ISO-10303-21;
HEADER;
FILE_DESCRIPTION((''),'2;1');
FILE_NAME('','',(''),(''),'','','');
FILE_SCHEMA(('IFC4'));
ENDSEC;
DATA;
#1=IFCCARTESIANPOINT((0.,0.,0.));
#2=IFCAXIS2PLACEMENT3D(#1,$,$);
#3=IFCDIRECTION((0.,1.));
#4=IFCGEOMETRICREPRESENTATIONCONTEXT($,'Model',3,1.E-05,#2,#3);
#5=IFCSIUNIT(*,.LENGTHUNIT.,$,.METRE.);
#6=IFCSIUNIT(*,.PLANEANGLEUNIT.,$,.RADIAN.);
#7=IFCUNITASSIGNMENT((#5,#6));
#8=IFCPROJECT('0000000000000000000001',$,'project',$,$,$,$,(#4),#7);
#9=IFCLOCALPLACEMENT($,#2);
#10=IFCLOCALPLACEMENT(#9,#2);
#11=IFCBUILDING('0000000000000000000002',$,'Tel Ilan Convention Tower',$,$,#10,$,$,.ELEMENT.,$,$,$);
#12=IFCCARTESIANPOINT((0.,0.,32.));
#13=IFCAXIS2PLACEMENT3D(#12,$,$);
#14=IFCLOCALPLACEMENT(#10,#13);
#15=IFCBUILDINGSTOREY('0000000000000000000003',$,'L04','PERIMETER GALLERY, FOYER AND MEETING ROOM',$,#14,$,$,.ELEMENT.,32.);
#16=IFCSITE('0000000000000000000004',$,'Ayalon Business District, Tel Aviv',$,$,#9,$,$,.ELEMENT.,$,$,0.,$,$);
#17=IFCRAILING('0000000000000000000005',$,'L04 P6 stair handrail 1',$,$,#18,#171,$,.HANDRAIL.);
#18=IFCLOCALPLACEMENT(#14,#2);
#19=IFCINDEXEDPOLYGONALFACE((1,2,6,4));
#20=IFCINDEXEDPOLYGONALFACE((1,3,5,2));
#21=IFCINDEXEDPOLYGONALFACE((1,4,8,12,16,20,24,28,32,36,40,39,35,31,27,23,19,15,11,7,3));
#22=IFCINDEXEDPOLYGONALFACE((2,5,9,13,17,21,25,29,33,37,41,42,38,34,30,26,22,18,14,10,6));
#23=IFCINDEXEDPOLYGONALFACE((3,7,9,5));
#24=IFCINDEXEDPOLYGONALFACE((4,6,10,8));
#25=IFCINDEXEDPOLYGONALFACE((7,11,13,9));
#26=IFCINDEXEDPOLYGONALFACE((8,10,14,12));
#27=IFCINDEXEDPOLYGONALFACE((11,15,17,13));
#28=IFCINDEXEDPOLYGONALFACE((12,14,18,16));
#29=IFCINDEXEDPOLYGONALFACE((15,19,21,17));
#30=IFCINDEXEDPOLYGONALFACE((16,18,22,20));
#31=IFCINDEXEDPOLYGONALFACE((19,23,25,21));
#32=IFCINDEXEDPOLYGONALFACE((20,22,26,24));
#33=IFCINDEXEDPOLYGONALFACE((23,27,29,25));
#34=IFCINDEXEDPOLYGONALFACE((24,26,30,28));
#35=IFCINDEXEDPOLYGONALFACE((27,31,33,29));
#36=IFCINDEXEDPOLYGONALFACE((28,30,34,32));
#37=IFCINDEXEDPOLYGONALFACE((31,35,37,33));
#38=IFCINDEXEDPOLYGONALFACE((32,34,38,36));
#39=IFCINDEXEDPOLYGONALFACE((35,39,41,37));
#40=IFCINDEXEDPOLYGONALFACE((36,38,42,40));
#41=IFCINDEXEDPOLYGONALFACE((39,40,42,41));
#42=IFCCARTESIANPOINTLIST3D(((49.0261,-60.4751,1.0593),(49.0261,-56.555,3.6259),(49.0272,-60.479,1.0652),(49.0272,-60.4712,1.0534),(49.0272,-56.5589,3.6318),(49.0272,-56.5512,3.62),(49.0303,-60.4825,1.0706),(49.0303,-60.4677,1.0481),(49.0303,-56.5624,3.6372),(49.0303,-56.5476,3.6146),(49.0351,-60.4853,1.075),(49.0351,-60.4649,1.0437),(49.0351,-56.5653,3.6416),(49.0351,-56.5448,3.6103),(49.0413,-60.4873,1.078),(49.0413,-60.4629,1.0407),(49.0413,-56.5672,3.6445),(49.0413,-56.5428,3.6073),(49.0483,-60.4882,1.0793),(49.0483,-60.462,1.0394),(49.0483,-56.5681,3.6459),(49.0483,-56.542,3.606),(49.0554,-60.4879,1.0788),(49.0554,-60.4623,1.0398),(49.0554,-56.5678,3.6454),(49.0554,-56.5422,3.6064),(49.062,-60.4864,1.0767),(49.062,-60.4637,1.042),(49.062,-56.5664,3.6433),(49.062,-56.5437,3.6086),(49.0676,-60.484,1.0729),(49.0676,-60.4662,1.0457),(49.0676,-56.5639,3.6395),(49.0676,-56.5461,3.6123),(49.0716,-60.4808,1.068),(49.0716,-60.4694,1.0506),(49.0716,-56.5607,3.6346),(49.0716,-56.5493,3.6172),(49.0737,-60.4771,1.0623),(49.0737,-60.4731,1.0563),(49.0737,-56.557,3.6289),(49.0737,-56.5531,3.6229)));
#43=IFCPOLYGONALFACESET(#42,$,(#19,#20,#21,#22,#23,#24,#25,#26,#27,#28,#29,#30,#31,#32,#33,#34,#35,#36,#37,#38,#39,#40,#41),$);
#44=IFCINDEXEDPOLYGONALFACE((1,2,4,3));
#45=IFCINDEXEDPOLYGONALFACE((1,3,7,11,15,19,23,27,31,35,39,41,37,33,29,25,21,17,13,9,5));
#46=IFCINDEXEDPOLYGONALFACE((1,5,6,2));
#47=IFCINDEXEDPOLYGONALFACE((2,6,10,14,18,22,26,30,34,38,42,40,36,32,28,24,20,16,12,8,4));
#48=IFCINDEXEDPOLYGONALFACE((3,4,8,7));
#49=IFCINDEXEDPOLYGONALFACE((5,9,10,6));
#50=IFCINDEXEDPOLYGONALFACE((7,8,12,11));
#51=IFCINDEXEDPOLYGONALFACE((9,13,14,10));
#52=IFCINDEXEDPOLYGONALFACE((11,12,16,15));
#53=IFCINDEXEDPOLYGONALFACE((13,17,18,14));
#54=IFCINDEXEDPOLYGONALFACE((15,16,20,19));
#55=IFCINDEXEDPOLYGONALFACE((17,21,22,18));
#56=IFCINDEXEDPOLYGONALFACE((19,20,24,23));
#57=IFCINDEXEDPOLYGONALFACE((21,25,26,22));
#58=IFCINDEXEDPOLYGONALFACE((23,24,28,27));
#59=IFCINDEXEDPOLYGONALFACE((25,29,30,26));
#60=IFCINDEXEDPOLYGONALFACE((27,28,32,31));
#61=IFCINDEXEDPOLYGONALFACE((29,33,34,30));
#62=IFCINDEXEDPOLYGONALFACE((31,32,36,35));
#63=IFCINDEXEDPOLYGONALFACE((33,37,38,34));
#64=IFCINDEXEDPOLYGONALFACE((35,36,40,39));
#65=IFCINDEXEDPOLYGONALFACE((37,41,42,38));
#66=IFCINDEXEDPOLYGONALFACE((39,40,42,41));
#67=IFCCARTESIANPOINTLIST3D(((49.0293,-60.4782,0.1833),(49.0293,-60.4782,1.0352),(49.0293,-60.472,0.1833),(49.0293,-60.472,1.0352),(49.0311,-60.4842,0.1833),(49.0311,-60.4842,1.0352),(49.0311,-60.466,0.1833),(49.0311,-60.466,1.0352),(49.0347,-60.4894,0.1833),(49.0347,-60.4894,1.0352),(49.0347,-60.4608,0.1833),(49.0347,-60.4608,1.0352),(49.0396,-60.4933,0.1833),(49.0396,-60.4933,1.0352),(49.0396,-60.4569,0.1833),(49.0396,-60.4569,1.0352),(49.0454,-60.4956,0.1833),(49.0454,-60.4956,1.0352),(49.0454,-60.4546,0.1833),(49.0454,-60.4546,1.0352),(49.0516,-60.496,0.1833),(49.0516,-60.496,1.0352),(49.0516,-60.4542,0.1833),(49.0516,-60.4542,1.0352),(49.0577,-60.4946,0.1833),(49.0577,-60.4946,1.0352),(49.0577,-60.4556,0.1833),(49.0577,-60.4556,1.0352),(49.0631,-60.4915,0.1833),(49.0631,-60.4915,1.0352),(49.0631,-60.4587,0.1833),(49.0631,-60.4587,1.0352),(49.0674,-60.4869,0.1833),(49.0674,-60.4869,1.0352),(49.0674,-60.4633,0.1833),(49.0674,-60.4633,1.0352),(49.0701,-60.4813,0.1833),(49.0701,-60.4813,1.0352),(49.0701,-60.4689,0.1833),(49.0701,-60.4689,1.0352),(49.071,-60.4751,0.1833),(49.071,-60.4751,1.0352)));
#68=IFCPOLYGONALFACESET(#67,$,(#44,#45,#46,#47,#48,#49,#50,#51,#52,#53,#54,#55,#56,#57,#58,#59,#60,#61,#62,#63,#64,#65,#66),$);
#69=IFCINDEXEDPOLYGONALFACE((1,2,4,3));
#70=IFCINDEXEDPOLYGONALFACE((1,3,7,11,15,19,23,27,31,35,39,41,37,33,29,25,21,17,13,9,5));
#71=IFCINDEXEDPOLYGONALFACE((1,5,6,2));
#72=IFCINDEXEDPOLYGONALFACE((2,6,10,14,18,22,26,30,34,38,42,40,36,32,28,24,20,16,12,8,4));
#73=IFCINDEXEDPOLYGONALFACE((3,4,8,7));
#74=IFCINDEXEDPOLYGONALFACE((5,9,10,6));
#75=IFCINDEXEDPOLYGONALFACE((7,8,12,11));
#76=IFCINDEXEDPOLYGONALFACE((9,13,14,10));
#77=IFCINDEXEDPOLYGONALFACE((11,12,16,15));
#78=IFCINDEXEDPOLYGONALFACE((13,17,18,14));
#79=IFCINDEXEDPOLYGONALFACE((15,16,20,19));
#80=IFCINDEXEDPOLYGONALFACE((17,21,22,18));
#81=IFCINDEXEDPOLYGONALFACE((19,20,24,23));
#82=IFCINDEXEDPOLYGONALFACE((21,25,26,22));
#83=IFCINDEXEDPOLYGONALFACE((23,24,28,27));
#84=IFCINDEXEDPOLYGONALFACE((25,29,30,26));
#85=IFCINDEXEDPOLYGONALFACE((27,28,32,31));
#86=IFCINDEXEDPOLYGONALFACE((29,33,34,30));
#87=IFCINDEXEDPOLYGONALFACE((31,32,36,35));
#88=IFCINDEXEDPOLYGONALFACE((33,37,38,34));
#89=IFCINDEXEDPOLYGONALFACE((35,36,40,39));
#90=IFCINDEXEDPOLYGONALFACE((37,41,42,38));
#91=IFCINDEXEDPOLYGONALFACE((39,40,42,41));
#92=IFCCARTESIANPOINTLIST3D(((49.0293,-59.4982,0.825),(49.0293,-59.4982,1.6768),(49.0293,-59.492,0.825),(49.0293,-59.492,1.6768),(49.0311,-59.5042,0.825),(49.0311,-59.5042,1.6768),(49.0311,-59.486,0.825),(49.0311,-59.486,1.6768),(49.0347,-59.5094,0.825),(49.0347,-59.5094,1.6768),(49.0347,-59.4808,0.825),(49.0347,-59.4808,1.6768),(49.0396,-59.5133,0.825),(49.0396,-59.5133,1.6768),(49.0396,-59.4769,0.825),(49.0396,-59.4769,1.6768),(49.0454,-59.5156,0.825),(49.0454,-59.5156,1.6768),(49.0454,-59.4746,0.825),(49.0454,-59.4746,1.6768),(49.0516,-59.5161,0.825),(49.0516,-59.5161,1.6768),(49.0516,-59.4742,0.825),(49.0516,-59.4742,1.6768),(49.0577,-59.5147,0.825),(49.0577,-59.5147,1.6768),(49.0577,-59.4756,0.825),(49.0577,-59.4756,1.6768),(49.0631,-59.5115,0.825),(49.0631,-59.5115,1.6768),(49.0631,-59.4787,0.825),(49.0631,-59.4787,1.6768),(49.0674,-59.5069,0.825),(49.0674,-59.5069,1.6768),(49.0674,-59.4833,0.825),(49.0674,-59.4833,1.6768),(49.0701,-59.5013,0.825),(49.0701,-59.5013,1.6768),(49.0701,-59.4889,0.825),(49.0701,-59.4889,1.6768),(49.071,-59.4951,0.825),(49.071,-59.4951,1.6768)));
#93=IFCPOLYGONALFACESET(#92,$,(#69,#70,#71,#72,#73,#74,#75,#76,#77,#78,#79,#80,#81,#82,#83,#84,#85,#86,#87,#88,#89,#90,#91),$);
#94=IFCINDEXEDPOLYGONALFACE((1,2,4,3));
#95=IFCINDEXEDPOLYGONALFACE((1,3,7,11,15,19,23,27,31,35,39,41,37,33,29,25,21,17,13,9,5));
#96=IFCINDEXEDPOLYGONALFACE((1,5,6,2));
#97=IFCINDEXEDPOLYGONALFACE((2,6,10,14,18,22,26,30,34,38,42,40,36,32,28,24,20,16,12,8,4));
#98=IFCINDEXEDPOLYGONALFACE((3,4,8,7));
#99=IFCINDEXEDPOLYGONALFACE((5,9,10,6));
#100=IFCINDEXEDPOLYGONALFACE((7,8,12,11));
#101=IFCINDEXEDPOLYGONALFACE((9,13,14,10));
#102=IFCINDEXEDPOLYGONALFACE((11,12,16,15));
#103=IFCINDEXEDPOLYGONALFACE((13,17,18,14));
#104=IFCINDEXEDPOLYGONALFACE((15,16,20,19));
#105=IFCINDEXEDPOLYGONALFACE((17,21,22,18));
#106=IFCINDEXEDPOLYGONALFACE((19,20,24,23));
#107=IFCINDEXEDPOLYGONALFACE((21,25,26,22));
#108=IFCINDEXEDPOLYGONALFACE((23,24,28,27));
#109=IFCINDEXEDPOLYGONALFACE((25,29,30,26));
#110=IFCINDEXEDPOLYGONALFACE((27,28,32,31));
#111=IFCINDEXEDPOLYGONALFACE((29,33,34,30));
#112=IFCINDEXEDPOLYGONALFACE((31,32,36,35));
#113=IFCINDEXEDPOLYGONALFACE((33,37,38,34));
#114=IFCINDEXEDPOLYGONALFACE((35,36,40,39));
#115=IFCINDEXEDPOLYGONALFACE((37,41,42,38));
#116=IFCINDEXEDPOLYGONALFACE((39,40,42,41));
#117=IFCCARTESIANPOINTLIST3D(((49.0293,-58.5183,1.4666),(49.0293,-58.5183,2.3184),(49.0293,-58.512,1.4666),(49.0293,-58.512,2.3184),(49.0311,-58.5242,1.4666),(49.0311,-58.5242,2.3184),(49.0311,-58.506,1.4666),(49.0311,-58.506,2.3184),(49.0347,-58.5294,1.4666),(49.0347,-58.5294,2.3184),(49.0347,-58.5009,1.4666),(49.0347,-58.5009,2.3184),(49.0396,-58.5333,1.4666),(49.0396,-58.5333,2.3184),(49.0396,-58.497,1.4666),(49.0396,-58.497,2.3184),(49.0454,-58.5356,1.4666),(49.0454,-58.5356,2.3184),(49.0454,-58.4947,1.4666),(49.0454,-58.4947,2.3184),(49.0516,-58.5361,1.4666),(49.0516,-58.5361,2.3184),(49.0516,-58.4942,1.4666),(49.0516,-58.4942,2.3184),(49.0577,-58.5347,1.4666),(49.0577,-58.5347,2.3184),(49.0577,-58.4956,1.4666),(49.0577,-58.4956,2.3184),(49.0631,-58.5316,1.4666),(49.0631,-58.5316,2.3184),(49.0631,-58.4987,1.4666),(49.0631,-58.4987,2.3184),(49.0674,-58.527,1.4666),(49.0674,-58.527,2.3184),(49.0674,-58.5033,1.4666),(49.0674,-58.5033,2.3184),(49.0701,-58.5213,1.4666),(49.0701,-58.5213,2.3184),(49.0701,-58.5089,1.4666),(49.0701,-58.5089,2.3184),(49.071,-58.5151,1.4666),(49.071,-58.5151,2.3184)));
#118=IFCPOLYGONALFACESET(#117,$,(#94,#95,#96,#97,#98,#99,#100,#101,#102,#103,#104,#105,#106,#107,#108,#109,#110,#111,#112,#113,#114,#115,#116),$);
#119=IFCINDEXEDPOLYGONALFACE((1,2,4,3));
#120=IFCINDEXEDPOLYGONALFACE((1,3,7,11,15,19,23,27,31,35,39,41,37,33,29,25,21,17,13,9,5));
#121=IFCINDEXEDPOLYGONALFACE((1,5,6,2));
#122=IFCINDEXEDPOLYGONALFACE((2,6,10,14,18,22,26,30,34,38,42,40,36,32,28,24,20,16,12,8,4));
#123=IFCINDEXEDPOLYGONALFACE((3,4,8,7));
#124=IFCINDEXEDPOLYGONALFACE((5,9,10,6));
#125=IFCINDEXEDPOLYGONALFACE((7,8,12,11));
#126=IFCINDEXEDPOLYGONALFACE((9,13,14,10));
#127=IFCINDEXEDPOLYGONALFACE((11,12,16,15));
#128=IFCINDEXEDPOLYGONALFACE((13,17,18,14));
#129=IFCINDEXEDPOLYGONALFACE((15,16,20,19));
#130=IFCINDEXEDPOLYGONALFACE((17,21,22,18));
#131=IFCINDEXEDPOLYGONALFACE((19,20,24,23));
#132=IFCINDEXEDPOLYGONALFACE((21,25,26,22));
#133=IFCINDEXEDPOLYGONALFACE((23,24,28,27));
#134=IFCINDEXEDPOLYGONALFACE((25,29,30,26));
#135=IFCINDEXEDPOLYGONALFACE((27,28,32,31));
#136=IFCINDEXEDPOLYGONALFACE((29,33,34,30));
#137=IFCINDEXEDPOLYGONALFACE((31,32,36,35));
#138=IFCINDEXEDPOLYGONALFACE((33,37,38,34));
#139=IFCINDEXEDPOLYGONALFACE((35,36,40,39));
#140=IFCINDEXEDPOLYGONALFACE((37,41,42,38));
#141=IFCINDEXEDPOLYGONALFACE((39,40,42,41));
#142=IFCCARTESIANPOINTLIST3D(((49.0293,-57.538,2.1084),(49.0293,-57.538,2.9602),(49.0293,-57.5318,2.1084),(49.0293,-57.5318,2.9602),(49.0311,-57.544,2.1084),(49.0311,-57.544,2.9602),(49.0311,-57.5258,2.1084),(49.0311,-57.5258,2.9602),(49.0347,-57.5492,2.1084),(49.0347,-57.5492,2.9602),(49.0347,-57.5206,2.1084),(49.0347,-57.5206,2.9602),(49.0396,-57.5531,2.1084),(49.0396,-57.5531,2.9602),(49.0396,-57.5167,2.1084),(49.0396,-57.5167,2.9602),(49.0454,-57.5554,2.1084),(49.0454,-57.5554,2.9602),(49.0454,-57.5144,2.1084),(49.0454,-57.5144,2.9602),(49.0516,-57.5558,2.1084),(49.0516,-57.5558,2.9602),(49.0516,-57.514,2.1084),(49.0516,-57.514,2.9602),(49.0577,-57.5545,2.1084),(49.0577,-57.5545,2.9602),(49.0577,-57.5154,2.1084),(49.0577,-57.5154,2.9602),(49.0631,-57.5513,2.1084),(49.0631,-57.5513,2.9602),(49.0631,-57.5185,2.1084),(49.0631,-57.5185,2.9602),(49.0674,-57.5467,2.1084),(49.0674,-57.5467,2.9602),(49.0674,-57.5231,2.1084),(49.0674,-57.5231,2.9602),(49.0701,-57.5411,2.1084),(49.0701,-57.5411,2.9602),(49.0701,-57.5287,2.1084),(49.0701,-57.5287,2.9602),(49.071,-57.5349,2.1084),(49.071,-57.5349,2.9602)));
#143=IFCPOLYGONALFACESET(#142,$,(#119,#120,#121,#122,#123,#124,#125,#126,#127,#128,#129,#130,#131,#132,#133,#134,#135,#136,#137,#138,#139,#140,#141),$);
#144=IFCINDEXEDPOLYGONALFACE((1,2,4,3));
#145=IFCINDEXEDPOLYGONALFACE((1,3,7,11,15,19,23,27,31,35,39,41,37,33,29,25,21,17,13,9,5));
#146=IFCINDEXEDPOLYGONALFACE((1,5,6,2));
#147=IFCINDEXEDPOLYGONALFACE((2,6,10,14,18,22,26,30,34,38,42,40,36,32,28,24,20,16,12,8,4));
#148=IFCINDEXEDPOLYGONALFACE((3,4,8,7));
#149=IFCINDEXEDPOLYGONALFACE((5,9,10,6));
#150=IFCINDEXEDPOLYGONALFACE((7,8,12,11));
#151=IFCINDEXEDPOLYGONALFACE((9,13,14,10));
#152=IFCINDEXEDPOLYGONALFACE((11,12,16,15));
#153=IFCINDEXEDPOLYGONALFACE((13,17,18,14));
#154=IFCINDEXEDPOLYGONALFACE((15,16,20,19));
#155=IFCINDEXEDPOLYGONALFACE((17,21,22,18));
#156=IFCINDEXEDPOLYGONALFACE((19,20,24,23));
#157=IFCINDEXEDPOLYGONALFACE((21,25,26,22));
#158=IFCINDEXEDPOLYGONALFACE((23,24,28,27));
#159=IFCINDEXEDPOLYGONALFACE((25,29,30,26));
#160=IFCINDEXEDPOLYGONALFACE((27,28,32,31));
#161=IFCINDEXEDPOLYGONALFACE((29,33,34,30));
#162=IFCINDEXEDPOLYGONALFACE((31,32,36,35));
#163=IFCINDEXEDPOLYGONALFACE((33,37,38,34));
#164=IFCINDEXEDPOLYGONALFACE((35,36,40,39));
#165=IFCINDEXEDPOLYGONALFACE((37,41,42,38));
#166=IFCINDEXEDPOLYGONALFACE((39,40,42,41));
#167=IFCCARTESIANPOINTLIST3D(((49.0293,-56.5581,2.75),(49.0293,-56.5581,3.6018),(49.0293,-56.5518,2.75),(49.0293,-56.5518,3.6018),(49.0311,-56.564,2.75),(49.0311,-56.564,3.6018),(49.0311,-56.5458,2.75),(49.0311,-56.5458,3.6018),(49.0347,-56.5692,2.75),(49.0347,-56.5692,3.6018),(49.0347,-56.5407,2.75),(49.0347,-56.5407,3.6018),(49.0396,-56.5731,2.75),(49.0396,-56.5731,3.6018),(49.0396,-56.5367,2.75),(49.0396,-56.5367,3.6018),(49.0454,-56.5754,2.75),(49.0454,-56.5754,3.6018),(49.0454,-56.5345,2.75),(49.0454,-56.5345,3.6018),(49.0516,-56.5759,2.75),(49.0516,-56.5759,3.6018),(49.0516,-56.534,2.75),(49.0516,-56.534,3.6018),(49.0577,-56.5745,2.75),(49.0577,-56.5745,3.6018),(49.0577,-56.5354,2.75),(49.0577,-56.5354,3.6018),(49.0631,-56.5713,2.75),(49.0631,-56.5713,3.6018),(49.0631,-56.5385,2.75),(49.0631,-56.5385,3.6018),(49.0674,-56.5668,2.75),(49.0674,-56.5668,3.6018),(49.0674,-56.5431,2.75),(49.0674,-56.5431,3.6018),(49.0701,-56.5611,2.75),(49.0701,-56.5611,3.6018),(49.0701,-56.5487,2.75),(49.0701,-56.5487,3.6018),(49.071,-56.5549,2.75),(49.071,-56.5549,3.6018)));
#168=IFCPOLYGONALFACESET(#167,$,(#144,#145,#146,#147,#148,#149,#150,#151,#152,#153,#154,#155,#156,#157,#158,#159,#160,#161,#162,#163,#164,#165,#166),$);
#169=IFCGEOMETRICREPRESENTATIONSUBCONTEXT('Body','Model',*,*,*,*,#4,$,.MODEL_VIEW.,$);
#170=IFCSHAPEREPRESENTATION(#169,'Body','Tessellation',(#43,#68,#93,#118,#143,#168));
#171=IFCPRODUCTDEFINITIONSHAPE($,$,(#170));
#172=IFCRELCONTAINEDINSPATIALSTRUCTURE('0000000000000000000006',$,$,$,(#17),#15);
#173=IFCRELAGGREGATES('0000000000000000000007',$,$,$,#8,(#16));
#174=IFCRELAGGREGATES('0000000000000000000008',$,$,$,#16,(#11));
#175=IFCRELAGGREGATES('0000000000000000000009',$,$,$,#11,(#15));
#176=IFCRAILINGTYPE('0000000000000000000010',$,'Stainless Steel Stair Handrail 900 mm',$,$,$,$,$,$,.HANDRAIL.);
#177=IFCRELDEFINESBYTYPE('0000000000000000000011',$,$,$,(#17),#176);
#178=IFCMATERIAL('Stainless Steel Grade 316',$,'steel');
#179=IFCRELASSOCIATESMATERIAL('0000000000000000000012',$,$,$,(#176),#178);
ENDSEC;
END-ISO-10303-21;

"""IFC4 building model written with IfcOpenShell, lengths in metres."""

from ifc_helpers import new_model, si_unit, direction, frame, origin, origin_2d, place, context, subcontext, project, spatial, circle, extrude, material, type_object, element, save


model = new_model("IFC4")

# Units and contexts
model_context = context("Model", 3, precision=1e-05, world=origin(), true_north=direction((0.0, 1.0)))
body_context = subcontext(model_context, "Body", "Model", "MODEL_VIEW")
ifc_project = project(units=[si_unit("LENGTHUNIT", "METRE"), si_unit("PLANEANGLEUNIT", "RADIAN")], contexts=[model_context])

# Site, building, storey
site_placement = place(None, origin())
site = spatial("IfcSite", under=ifc_project, at=site_placement, Name="Ayalon Business District, Tel Aviv", CompositionType="ELEMENT", RefElevation=0.0)
building_placement = place(site_placement, origin())
building = spatial("IfcBuilding", under=site, at=building_placement, Name="Tel Ilan Convention Tower", CompositionType="ELEMENT")
storey_placement = place(building_placement, frame((0.0, 0.0, 32.0)))
storey = spatial("IfcBuildingStorey", under=building, at=storey_placement, Name="L04", Description="PERIMETER GALLERY, FOYER AND MEETING ROOM", CompositionType="ELEMENT", Elevation=32.0)

# Railing
ifc_material_1 = material(Name="Stainless Steel Grade 316", Category="steel")
railing_type_1 = type_object("IfcRailingType", Name="Stainless Steel Stair Handrail 900 mm", PredefinedType="HANDRAIL", material=ifc_material_1)
railing_1_placement = place(storey_placement, frame((49.05, -60.4751, 0.1833)))
element("IfcRailing", 1, at=railing_1_placement, inside=storey, type_object=railing_type_1, Name="L04 P6 stair handrail 1", PredefinedType="HANDRAIL", context=body_context, shape_type="SweptSolid", body=[
    extrude(circle(Radius=0.0239, at=origin_2d()), frame((0.0, 0.0, 0.876), z_axis=(0.0, 0.836631, 0.547767), x_axis=(-1.0, 0.0, 0.0)), (0.0, 0.0, 1.0), 4.6855),
    extrude(circle(Radius=0.021, at=origin_2d()), origin(), (0.0, 0.0, 1.0), 0.8518),
    extrude(circle(Radius=0.021, at=origin_2d()), frame((0.0, 0.98, 0.6416)), (0.0, 0.0, 1.0), 0.8518),
    extrude(circle(Radius=0.021, at=origin_2d()), frame((0.0, 1.96, 1.2832)), (0.0, 0.0, 1.0), 0.8518),
    extrude(circle(Radius=0.021, at=origin_2d()), frame((0.0, 2.9402, 1.925)), (0.0, 0.0, 1.0), 0.8518),
    extrude(circle(Radius=0.021, at=origin_2d()), frame((0.0, 3.9202, 2.5667)), (0.0, 0.0, 1.0), 0.8518),
])

save(model, "model.ifc")
